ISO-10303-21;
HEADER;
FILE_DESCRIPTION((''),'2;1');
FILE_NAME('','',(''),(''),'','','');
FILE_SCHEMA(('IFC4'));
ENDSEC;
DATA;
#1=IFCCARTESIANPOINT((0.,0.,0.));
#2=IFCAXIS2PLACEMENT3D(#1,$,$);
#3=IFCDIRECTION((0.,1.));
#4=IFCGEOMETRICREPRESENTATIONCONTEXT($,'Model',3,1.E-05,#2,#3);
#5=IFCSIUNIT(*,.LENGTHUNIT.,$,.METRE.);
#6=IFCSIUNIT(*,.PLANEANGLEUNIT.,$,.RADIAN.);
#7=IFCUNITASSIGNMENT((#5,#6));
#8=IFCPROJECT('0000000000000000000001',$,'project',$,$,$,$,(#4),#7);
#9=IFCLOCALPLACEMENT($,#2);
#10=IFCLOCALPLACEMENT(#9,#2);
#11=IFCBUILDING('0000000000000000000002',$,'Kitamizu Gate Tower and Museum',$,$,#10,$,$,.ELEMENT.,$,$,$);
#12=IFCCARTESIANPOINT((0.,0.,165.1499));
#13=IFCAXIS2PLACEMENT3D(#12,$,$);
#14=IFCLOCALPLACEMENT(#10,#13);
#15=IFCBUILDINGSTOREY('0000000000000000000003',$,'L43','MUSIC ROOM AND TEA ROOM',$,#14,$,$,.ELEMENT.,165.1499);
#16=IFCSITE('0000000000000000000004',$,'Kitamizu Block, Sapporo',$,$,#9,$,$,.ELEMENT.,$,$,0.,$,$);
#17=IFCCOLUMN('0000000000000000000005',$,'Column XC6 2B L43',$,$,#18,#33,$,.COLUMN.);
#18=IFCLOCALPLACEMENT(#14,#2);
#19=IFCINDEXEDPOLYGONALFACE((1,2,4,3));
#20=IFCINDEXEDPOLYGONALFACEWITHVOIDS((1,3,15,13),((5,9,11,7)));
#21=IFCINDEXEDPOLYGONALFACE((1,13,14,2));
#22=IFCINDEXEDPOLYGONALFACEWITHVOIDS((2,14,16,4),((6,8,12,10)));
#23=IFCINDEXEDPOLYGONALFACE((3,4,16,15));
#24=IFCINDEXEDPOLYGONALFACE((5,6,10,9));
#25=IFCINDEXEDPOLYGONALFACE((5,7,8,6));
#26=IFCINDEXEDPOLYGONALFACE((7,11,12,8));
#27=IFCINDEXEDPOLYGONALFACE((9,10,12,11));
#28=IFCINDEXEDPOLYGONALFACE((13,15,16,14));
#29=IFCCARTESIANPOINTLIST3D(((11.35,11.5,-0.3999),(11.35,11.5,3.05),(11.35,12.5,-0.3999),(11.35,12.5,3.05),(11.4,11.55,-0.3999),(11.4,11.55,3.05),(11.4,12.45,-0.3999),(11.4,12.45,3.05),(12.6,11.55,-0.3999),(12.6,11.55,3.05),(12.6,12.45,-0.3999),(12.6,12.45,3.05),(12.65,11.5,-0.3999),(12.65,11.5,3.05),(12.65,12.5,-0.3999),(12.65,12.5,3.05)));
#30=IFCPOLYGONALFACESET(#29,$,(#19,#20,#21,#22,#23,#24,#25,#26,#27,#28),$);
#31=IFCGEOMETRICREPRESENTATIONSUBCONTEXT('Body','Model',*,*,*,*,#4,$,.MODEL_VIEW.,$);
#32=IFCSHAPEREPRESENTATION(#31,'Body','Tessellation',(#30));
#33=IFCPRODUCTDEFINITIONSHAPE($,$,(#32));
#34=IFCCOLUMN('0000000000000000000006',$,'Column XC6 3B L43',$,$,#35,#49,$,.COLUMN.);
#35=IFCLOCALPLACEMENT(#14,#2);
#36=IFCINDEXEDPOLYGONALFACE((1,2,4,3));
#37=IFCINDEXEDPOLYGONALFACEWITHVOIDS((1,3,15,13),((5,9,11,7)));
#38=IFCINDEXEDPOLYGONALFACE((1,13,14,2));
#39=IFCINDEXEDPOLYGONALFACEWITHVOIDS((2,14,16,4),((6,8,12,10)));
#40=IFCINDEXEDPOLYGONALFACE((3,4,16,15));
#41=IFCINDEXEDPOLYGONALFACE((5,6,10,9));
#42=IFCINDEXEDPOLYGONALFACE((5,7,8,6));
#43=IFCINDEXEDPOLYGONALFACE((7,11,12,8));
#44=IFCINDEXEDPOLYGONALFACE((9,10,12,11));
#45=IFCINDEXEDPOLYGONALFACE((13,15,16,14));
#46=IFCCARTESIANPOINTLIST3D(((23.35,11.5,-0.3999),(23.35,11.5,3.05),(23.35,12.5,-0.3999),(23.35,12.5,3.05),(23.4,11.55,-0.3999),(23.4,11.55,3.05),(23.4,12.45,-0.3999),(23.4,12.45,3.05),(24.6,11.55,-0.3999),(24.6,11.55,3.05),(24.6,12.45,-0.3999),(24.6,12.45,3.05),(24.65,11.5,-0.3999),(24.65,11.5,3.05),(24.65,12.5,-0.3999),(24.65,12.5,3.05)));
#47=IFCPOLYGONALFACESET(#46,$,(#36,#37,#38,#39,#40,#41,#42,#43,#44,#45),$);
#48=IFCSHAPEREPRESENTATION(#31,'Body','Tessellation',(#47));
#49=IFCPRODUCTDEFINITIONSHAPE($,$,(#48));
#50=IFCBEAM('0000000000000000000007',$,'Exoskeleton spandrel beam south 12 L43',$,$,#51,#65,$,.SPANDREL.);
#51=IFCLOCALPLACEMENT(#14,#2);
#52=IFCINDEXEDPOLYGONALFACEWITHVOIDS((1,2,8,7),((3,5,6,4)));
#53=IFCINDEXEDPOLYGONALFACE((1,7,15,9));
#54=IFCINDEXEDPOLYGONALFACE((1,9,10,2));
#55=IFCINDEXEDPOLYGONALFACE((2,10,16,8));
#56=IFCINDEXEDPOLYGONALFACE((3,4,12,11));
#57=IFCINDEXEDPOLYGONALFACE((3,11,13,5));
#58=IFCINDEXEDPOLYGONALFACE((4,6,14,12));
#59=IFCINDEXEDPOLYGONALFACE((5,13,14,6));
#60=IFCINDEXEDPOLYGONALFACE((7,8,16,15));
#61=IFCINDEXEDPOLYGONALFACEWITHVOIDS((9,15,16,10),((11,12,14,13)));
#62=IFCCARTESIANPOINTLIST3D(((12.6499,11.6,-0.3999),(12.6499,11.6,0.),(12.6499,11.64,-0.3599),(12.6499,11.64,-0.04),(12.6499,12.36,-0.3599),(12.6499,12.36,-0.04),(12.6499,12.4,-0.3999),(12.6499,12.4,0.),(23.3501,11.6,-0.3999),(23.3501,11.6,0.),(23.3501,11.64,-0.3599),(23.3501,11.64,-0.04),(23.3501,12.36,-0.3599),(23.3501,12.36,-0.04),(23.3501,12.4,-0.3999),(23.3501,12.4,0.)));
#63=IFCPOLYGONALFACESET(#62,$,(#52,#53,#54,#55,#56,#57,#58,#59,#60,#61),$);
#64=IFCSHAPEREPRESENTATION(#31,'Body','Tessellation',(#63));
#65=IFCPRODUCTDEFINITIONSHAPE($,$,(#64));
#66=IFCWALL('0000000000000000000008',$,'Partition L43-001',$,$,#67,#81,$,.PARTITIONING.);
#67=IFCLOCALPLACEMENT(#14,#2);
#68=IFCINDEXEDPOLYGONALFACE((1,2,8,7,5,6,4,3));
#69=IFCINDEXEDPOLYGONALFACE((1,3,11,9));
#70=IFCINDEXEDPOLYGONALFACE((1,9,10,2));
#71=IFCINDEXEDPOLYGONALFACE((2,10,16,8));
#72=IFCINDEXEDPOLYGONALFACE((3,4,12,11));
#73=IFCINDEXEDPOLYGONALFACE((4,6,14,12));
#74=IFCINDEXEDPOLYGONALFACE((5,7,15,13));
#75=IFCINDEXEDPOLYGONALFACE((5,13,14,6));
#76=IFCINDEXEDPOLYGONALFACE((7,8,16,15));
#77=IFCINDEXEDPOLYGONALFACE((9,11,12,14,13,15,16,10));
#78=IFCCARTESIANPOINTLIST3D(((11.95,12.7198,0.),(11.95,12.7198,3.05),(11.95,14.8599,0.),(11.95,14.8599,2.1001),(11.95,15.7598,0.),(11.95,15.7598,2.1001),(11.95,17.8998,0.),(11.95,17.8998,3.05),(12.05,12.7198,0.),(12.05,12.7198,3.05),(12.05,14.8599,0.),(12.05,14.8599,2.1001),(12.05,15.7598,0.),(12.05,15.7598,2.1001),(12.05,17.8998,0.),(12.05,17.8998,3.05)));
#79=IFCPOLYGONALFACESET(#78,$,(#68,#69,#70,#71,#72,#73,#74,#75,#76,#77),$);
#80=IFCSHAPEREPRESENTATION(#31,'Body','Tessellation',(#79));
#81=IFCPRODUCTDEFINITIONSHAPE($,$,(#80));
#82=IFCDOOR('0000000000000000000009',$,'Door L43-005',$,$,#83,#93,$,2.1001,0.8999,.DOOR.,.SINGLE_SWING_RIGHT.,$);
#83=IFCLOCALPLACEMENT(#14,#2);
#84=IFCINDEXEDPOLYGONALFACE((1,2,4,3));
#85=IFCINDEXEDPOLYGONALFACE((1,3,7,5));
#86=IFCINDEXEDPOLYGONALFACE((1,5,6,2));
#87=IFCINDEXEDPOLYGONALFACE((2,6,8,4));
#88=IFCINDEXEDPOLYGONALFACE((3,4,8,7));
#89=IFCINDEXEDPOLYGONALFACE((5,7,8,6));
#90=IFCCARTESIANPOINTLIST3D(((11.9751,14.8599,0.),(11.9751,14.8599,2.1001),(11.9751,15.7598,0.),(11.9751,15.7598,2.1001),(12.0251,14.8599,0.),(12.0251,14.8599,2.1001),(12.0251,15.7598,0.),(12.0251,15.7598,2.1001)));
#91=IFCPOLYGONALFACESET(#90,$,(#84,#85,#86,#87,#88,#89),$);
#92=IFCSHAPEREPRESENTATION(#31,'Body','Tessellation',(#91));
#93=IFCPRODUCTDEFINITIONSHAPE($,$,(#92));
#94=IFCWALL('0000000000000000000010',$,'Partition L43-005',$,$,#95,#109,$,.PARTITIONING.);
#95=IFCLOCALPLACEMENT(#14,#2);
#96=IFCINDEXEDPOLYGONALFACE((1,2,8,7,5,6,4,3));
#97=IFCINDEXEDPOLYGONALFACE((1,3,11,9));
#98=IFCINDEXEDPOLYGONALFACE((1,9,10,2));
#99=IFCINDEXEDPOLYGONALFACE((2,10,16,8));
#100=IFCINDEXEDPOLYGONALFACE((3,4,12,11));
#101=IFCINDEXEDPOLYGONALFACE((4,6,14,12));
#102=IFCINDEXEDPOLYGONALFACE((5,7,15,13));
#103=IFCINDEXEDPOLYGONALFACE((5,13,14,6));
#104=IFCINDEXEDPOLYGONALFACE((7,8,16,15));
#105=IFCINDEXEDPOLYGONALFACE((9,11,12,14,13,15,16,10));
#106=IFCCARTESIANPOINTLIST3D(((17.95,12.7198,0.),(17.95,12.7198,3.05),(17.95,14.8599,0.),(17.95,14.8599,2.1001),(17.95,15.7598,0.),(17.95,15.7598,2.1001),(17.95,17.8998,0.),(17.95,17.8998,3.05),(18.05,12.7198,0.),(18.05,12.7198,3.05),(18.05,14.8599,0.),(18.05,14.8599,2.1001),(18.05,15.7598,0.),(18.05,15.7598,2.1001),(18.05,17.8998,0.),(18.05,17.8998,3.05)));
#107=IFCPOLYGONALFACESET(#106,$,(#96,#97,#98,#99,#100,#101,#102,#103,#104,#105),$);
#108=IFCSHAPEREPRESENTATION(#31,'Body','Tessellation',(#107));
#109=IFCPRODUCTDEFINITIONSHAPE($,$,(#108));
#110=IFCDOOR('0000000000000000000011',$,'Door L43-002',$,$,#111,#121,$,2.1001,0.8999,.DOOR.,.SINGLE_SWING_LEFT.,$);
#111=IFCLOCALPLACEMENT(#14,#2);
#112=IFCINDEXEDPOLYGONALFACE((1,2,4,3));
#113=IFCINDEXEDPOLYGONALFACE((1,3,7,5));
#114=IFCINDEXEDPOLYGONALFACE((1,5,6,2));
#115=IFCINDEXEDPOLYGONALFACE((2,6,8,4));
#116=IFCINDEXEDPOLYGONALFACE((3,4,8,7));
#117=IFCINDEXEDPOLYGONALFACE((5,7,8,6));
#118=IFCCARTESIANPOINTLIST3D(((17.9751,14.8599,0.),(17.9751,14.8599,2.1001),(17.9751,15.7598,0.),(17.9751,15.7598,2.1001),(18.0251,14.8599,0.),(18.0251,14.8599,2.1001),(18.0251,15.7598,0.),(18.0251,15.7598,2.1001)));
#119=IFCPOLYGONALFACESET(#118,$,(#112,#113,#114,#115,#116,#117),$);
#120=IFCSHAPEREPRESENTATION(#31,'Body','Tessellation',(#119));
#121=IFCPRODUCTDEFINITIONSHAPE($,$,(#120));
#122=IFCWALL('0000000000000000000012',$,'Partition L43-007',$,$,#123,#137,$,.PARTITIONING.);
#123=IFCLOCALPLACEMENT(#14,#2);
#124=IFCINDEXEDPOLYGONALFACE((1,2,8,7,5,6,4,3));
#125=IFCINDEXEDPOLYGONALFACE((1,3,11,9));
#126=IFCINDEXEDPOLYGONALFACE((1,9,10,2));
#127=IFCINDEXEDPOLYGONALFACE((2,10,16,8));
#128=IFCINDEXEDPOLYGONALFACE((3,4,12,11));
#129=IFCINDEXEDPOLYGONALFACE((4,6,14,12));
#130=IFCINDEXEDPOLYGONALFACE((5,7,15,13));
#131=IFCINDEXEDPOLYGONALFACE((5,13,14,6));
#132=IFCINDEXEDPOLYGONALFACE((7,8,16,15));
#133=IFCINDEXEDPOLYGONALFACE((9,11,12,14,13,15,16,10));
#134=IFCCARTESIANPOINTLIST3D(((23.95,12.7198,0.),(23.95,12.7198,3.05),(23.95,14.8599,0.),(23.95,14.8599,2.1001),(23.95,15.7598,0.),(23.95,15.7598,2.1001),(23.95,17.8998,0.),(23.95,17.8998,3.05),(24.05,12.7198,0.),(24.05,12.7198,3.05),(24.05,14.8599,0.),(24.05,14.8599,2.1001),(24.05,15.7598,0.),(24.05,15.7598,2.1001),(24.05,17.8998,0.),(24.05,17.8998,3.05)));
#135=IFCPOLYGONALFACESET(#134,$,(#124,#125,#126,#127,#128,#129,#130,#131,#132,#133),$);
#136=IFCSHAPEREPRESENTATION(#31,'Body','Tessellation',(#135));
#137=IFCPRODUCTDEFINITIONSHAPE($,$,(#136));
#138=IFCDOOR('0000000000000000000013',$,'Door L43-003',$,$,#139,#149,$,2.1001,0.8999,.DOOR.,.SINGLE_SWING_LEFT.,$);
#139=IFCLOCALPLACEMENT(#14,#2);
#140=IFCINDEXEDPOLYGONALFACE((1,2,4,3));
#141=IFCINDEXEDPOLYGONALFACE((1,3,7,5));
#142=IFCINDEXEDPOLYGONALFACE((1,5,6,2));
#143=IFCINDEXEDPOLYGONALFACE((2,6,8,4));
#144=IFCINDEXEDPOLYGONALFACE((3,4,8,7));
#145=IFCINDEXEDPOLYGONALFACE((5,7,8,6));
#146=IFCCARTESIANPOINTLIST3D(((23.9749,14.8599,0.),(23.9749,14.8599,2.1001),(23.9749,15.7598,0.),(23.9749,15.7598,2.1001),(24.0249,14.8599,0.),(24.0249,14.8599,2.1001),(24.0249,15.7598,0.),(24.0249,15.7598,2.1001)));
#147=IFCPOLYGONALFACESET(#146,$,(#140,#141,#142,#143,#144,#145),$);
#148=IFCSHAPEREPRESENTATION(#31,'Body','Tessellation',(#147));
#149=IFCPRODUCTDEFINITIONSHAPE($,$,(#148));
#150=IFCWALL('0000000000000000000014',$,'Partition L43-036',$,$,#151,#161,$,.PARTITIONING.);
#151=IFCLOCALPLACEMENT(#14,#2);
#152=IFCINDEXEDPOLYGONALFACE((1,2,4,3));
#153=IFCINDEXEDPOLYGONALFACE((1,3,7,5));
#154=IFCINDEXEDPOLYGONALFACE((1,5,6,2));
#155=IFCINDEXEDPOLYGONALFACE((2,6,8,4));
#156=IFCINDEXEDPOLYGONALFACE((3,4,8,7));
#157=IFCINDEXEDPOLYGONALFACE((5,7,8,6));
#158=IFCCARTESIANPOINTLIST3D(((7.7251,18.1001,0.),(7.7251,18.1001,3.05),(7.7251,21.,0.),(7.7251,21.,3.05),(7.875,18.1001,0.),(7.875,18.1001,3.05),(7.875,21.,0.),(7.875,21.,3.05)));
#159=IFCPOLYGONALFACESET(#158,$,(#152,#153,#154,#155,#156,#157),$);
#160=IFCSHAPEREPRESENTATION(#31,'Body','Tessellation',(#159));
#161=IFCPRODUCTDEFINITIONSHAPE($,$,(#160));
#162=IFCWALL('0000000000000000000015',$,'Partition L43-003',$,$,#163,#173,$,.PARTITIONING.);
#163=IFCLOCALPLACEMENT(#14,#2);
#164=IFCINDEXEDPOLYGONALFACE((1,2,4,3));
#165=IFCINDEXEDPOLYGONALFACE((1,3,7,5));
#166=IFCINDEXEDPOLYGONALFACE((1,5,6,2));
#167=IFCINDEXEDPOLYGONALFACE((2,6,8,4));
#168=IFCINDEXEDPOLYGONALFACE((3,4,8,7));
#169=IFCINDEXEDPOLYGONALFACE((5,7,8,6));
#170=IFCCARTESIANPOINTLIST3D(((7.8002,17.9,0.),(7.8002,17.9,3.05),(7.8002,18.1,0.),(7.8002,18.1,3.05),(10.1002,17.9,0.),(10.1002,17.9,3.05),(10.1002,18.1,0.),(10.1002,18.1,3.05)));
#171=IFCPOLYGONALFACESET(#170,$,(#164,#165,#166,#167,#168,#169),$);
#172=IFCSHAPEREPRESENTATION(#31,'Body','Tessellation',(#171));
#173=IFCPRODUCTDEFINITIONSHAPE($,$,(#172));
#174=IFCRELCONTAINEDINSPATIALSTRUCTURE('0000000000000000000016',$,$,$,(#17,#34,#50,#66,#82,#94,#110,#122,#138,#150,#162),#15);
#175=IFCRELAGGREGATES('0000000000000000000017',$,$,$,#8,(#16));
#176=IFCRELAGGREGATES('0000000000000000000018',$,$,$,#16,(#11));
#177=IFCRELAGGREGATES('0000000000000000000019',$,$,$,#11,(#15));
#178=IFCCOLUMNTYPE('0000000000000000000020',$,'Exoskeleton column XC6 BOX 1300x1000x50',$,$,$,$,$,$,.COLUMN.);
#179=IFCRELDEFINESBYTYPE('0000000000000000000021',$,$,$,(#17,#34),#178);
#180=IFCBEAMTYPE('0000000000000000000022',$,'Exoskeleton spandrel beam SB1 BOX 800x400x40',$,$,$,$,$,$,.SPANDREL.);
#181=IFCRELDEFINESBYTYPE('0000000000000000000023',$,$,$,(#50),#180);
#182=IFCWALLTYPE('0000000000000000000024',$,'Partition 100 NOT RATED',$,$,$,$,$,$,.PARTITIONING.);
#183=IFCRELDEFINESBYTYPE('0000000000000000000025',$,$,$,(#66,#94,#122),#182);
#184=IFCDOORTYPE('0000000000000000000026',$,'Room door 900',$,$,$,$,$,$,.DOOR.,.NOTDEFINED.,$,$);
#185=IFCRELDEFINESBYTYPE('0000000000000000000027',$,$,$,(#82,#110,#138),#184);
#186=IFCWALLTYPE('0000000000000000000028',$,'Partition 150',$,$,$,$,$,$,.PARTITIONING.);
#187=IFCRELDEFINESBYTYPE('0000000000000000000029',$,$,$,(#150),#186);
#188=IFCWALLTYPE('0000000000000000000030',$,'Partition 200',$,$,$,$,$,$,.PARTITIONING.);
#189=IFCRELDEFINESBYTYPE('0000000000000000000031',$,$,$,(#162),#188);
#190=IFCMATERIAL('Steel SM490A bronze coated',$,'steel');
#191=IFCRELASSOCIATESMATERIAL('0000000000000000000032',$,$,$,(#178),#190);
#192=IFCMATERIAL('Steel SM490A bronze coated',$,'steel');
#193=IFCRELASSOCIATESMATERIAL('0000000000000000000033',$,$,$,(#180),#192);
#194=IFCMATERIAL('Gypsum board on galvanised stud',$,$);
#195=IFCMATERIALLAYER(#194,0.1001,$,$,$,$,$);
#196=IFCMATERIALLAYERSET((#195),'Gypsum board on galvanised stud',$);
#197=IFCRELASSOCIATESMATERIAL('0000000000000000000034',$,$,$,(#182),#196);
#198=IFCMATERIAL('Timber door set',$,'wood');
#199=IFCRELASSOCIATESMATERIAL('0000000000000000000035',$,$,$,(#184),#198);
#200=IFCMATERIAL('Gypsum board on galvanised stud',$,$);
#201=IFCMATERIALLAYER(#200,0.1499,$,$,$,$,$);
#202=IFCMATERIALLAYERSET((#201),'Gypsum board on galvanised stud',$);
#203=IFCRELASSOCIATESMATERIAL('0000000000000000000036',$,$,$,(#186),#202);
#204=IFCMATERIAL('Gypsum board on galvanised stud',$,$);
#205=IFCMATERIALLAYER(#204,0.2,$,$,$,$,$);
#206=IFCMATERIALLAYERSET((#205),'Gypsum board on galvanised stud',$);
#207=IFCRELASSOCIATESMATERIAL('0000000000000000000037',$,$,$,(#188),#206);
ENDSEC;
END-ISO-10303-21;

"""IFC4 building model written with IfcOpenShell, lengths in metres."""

from ifc_helpers import new_model, si_unit, direction, frame, frame_2d, origin, origin_2d, place, context, subcontext, project, spatial, rectangle, hollow_rectangle, extrude, material, layer, layer_set, material_profile, profile_set, type_object, element, fill, save


model = new_model("IFC4")

# Units and contexts
model_context = context("Model", 3, precision=1e-05, world=origin(), true_north=direction((0.0, 1.0)))
body_context = subcontext(model_context, "Body", "Model", "MODEL_VIEW")
ifc_project = project(units=[si_unit("LENGTHUNIT", "METRE"), si_unit("PLANEANGLEUNIT", "RADIAN")], contexts=[model_context])

# Site, building, storey
site_placement = place(None, origin())
site = spatial("IfcSite", under=ifc_project, at=site_placement, Name="Kitamizu Block, Sapporo", CompositionType="ELEMENT", RefElevation=0.0)
building_placement = place(site_placement, origin())
building = spatial("IfcBuilding", under=site, at=building_placement, Name="Kitamizu Gate Tower and Museum", CompositionType="ELEMENT")
storey_placement = place(building_placement, frame((0.0, 0.0, 165.1499)))
storey = spatial("IfcBuildingStorey", under=building, at=storey_placement, Name="L43", Description="MUSIC ROOM AND TEA ROOM", CompositionType="ELEMENT", Elevation=165.1499)

# Columns
ifc_material_1 = material(Name="Steel SM490A bronze coated", Category="steel")
ifc_material_profile_1 = material_profile(ifc_material_1, hollow_rectangle(XDim=1.3, YDim=1.0, WallThickness=0.05, at=origin_2d()), Name="BOX 1300x1000x50")
ifc_profile_set_1 = profile_set([ifc_material_profile_1], Name="Steel SM490A bronze coated")
column_type = type_object("IfcColumnType", Name="Exoskeleton column XC6 BOX 1300x1000x50", PredefinedType="COLUMN", material=ifc_profile_set_1)
for number, where, z_axis, x_axis, name in (
    (1, (12.0, 12.0, -0.3999), (0.0, 0.0, 1.0), (1.0, 0.0, 0.0), "Column XC6 2B L43"),
    (2, (24.0, 12.0, -0.3999), (0.0, 0.0, 1.0), (1.0, 0.0, 0.0), "Column XC6 3B L43"),
):
    element("IfcColumn", number, at=place(storey_placement, frame(where, z_axis=z_axis, x_axis=x_axis)), inside=storey, type_object=column_type, Name=name, PredefinedType="COLUMN", context=body_context, shape_type="SweptSolid", body=[
        extrude(hollow_rectangle(XDim=1.3, YDim=1.0, WallThickness=0.05, at=origin_2d()), origin(), (0.0, 0.0, 1.0), 3.45),
    ])

# Beam
ifc_material_2 = material(Name="Steel SM490A bronze coated", Category="steel")
ifc_material_profile_2 = material_profile(ifc_material_2, hollow_rectangle(XDim=0.8, YDim=0.3999, WallThickness=0.04, at=origin_2d()), Name="BOX 800x400x40")
ifc_profile_set_2 = profile_set([ifc_material_profile_2], Name="Steel SM490A bronze coated")
beam_type = type_object("IfcBeamType", Name="Exoskeleton spandrel beam SB1 BOX 800x400x40", PredefinedType="SPANDREL", material=ifc_profile_set_2)
beam_placement = place(storey_placement, frame((12.6499, 12.0, -0.2), z_axis=(1.0, 0.0, 0.0), x_axis=(0.0, 1.0, 0.0)))
element("IfcBeam", 3, at=beam_placement, inside=storey, type_object=beam_type, Name="Exoskeleton spandrel beam south 12 L43", PredefinedType="SPANDREL", context=body_context, shape_type="SweptSolid", body=[
    extrude(hollow_rectangle(XDim=0.8, YDim=0.3999, WallThickness=0.04, at=origin_2d()), origin(), (0.0, 0.0, 1.0), 10.7002),
])

# Walls, openings, doors
ifc_material_3 = material(Name="Gypsum board on galvanised stud")
ifc_layer_1 = layer(ifc_material_3, 0.1001)
ifc_layer_set_1 = layer_set([ifc_layer_1], Name="Gypsum board on galvanised stud")
wall_type_1 = type_object("IfcWallType", Name="Partition 100 NOT RATED", PredefinedType="PARTITIONING", material=ifc_layer_set_1)
wall_1_placement = place(storey_placement, frame((12.0, 12.72, 0.0), z_axis=(0.0, 0.0, 1.0), x_axis=(0.0, 1.0, 0.0)))
wall_1 = element("IfcWall", 4, at=wall_1_placement, inside=storey, type_object=wall_type_1, Name="Partition L43-001", PredefinedType="PARTITIONING", context=body_context, shape_type="SweptSolid", body=[
    extrude(rectangle(XDim=5.1799, YDim=0.1001, at=frame_2d((2.5898, 0.0))), origin(), (0.0, 0.0, 1.0), 3.05),
])
opening_1_placement = place(wall_1_placement, frame((2.1399, 0.0, 0.0)))
opening_1 = element("IfcOpeningElement", 5, at=opening_1_placement, cuts=wall_1, PredefinedType="OPENING", context=body_context, shape_type="SweptSolid", body=[
    extrude(rectangle(XDim=0.8999, YDim=2.1001, at=frame_2d((0.45, 1.05))), frame((0.0, 0.0601, 0.0), z_axis=(0.0, -1.0, 0.0), x_axis=(1.0, 0.0, 0.0)), (0.0, 0.0, 1.0), 0.1201),
])
ifc_material_4 = material(Name="Timber door set", Category="wood")
door_type = type_object("IfcDoorType", Name="Room door 900", OperationType="NOTDEFINED", PredefinedType="DOOR", material=ifc_material_4)
door_1_placement = place(opening_1_placement, origin())
door_1 = element("IfcDoor", 6, at=door_1_placement, inside=storey, type_object=door_type, Name="Door L43-005", OperationType="SINGLE_SWING_RIGHT", OverallHeight=2.1001, OverallWidth=0.8999, PredefinedType="DOOR", context=body_context, shape_type="SweptSolid", body=[
    extrude(rectangle(XDim=0.8999, YDim=2.1001, at=frame_2d((0.45, 1.05))), frame((0.0, 0.0249, 0.0), z_axis=(0.0, -1.0, 0.0), x_axis=(1.0, 0.0, 0.0)), (0.0, 0.0, 1.0), 0.05),
])
fill(opening_1, door_1)
wall_2_placement = place(storey_placement, frame((18.0, 12.72, 0.0), z_axis=(0.0, 0.0, 1.0), x_axis=(0.0, 1.0, 0.0)))
wall_2 = element("IfcWall", 7, at=wall_2_placement, inside=storey, type_object=wall_type_1, Name="Partition L43-005", PredefinedType="PARTITIONING", context=body_context, shape_type="SweptSolid", body=[
    extrude(rectangle(XDim=5.1799, YDim=0.1001, at=frame_2d((2.5898, 0.0))), origin(), (0.0, 0.0, 1.0), 3.05),
])
opening_2_placement = place(wall_2_placement, frame((2.1399, 0.0, 0.0)))
opening_2 = element("IfcOpeningElement", 8, at=opening_2_placement, cuts=wall_2, PredefinedType="OPENING", context=body_context, shape_type="SweptSolid", body=[
    extrude(rectangle(XDim=0.8999, YDim=2.1001, at=frame_2d((0.45, 1.05))), frame((0.0, 0.0601, 0.0), z_axis=(0.0, -1.0, 0.0), x_axis=(1.0, 0.0, 0.0)), (0.0, 0.0, 1.0), 0.1201),
])
door_2_placement = place(opening_2_placement, origin())
door_2 = element("IfcDoor", 9, at=door_2_placement, inside=storey, type_object=door_type, Name="Door L43-002", OperationType="SINGLE_SWING_LEFT", OverallHeight=2.1001, OverallWidth=0.8999, PredefinedType="DOOR", context=body_context, shape_type="SweptSolid", body=[
    extrude(rectangle(XDim=0.8999, YDim=2.1001, at=frame_2d((0.45, 1.05))), frame((0.0, 0.0249, 0.0), z_axis=(0.0, -1.0, 0.0), x_axis=(1.0, 0.0, 0.0)), (0.0, 0.0, 1.0), 0.05),
])
fill(opening_2, door_2)
wall_3_placement = place(storey_placement, frame((24.0, 12.72, 0.0), z_axis=(0.0, 0.0, 1.0), x_axis=(0.0, 1.0, 0.0)))
wall_3 = element("IfcWall", 10, at=wall_3_placement, inside=storey, type_object=wall_type_1, Name="Partition L43-007", PredefinedType="PARTITIONING", context=body_context, shape_type="SweptSolid", body=[
    extrude(rectangle(XDim=5.1799, YDim=0.1001, at=frame_2d((2.5898, 0.0))), origin(), (0.0, 0.0, 1.0), 3.05),
])
opening_3_placement = place(wall_3_placement, frame((2.1399, 0.0, 0.0)))
opening_3 = element("IfcOpeningElement", 11, at=opening_3_placement, cuts=wall_3, PredefinedType="OPENING", context=body_context, shape_type="SweptSolid", body=[
    extrude(rectangle(XDim=0.8999, YDim=2.1001, at=frame_2d((0.45, 1.05))), frame((0.0, 0.0601, 0.0), z_axis=(0.0, -1.0, 0.0), x_axis=(1.0, 0.0, 0.0)), (0.0, 0.0, 1.0), 0.1201),
])
door_3_placement = place(opening_3_placement, frame((0.8999, 0.0, 0.0), x_axis=(-1.0, 0.0, 0.0)))
door_3 = element("IfcDoor", 12, at=door_3_placement, inside=storey, type_object=door_type, Name="Door L43-003", OperationType="SINGLE_SWING_LEFT", OverallHeight=2.1001, OverallWidth=0.8999, PredefinedType="DOOR", context=body_context, shape_type="SweptSolid", body=[
    extrude(rectangle(XDim=0.8999, YDim=2.1001, at=frame_2d((0.45, 1.05))), frame((0.0, 0.0249, 0.0), z_axis=(0.0, -1.0, 0.0), x_axis=(1.0, 0.0, 0.0)), (0.0, 0.0, 1.0), 0.05),
])
fill(opening_3, door_3)

# Walls
ifc_material_5 = material(Name="Gypsum board on galvanised stud")
ifc_layer_2 = layer(ifc_material_5, 0.1499)
ifc_layer_set_2 = layer_set([ifc_layer_2], Name="Gypsum board on galvanised stud")
wall_type_2 = type_object("IfcWallType", Name="Partition 150", PredefinedType="PARTITIONING", material=ifc_layer_set_2)
wall_4_placement = place(storey_placement, frame((7.8, 18.1001, 0.0), z_axis=(0.0, 0.0, 1.0), x_axis=(0.0, 1.0, 0.0)))
element("IfcWall", 13, at=wall_4_placement, inside=storey, type_object=wall_type_2, Name="Partition L43-036", PredefinedType="PARTITIONING", context=body_context, shape_type="SweptSolid", body=[
    extrude(rectangle(XDim=2.8999, YDim=0.1499, at=frame_2d((1.45, 0.0))), origin(), (0.0, 0.0, 1.0), 3.05),
])
ifc_material_6 = material(Name="Gypsum board on galvanised stud")
ifc_layer_3 = layer(ifc_material_6, 0.2)
ifc_layer_set_3 = layer_set([ifc_layer_3], Name="Gypsum board on galvanised stud")
wall_type_3 = type_object("IfcWallType", Name="Partition 200", PredefinedType="PARTITIONING", material=ifc_layer_set_3)
wall_5_placement = place(storey_placement, frame((10.1001, 18.0, 0.0), z_axis=(0.0, 0.0, 1.0), x_axis=(-1.0, 0.0, 0.0)))
element("IfcWall", 14, at=wall_5_placement, inside=storey, type_object=wall_type_3, Name="Partition L43-003", PredefinedType="PARTITIONING", context=body_context, shape_type="SweptSolid", body=[
    extrude(rectangle(XDim=2.3, YDim=0.2, at=frame_2d((1.1499, 0.0))), origin(), (0.0, 0.0, 1.0), 3.05),
])

save(model, "model.ifc")
